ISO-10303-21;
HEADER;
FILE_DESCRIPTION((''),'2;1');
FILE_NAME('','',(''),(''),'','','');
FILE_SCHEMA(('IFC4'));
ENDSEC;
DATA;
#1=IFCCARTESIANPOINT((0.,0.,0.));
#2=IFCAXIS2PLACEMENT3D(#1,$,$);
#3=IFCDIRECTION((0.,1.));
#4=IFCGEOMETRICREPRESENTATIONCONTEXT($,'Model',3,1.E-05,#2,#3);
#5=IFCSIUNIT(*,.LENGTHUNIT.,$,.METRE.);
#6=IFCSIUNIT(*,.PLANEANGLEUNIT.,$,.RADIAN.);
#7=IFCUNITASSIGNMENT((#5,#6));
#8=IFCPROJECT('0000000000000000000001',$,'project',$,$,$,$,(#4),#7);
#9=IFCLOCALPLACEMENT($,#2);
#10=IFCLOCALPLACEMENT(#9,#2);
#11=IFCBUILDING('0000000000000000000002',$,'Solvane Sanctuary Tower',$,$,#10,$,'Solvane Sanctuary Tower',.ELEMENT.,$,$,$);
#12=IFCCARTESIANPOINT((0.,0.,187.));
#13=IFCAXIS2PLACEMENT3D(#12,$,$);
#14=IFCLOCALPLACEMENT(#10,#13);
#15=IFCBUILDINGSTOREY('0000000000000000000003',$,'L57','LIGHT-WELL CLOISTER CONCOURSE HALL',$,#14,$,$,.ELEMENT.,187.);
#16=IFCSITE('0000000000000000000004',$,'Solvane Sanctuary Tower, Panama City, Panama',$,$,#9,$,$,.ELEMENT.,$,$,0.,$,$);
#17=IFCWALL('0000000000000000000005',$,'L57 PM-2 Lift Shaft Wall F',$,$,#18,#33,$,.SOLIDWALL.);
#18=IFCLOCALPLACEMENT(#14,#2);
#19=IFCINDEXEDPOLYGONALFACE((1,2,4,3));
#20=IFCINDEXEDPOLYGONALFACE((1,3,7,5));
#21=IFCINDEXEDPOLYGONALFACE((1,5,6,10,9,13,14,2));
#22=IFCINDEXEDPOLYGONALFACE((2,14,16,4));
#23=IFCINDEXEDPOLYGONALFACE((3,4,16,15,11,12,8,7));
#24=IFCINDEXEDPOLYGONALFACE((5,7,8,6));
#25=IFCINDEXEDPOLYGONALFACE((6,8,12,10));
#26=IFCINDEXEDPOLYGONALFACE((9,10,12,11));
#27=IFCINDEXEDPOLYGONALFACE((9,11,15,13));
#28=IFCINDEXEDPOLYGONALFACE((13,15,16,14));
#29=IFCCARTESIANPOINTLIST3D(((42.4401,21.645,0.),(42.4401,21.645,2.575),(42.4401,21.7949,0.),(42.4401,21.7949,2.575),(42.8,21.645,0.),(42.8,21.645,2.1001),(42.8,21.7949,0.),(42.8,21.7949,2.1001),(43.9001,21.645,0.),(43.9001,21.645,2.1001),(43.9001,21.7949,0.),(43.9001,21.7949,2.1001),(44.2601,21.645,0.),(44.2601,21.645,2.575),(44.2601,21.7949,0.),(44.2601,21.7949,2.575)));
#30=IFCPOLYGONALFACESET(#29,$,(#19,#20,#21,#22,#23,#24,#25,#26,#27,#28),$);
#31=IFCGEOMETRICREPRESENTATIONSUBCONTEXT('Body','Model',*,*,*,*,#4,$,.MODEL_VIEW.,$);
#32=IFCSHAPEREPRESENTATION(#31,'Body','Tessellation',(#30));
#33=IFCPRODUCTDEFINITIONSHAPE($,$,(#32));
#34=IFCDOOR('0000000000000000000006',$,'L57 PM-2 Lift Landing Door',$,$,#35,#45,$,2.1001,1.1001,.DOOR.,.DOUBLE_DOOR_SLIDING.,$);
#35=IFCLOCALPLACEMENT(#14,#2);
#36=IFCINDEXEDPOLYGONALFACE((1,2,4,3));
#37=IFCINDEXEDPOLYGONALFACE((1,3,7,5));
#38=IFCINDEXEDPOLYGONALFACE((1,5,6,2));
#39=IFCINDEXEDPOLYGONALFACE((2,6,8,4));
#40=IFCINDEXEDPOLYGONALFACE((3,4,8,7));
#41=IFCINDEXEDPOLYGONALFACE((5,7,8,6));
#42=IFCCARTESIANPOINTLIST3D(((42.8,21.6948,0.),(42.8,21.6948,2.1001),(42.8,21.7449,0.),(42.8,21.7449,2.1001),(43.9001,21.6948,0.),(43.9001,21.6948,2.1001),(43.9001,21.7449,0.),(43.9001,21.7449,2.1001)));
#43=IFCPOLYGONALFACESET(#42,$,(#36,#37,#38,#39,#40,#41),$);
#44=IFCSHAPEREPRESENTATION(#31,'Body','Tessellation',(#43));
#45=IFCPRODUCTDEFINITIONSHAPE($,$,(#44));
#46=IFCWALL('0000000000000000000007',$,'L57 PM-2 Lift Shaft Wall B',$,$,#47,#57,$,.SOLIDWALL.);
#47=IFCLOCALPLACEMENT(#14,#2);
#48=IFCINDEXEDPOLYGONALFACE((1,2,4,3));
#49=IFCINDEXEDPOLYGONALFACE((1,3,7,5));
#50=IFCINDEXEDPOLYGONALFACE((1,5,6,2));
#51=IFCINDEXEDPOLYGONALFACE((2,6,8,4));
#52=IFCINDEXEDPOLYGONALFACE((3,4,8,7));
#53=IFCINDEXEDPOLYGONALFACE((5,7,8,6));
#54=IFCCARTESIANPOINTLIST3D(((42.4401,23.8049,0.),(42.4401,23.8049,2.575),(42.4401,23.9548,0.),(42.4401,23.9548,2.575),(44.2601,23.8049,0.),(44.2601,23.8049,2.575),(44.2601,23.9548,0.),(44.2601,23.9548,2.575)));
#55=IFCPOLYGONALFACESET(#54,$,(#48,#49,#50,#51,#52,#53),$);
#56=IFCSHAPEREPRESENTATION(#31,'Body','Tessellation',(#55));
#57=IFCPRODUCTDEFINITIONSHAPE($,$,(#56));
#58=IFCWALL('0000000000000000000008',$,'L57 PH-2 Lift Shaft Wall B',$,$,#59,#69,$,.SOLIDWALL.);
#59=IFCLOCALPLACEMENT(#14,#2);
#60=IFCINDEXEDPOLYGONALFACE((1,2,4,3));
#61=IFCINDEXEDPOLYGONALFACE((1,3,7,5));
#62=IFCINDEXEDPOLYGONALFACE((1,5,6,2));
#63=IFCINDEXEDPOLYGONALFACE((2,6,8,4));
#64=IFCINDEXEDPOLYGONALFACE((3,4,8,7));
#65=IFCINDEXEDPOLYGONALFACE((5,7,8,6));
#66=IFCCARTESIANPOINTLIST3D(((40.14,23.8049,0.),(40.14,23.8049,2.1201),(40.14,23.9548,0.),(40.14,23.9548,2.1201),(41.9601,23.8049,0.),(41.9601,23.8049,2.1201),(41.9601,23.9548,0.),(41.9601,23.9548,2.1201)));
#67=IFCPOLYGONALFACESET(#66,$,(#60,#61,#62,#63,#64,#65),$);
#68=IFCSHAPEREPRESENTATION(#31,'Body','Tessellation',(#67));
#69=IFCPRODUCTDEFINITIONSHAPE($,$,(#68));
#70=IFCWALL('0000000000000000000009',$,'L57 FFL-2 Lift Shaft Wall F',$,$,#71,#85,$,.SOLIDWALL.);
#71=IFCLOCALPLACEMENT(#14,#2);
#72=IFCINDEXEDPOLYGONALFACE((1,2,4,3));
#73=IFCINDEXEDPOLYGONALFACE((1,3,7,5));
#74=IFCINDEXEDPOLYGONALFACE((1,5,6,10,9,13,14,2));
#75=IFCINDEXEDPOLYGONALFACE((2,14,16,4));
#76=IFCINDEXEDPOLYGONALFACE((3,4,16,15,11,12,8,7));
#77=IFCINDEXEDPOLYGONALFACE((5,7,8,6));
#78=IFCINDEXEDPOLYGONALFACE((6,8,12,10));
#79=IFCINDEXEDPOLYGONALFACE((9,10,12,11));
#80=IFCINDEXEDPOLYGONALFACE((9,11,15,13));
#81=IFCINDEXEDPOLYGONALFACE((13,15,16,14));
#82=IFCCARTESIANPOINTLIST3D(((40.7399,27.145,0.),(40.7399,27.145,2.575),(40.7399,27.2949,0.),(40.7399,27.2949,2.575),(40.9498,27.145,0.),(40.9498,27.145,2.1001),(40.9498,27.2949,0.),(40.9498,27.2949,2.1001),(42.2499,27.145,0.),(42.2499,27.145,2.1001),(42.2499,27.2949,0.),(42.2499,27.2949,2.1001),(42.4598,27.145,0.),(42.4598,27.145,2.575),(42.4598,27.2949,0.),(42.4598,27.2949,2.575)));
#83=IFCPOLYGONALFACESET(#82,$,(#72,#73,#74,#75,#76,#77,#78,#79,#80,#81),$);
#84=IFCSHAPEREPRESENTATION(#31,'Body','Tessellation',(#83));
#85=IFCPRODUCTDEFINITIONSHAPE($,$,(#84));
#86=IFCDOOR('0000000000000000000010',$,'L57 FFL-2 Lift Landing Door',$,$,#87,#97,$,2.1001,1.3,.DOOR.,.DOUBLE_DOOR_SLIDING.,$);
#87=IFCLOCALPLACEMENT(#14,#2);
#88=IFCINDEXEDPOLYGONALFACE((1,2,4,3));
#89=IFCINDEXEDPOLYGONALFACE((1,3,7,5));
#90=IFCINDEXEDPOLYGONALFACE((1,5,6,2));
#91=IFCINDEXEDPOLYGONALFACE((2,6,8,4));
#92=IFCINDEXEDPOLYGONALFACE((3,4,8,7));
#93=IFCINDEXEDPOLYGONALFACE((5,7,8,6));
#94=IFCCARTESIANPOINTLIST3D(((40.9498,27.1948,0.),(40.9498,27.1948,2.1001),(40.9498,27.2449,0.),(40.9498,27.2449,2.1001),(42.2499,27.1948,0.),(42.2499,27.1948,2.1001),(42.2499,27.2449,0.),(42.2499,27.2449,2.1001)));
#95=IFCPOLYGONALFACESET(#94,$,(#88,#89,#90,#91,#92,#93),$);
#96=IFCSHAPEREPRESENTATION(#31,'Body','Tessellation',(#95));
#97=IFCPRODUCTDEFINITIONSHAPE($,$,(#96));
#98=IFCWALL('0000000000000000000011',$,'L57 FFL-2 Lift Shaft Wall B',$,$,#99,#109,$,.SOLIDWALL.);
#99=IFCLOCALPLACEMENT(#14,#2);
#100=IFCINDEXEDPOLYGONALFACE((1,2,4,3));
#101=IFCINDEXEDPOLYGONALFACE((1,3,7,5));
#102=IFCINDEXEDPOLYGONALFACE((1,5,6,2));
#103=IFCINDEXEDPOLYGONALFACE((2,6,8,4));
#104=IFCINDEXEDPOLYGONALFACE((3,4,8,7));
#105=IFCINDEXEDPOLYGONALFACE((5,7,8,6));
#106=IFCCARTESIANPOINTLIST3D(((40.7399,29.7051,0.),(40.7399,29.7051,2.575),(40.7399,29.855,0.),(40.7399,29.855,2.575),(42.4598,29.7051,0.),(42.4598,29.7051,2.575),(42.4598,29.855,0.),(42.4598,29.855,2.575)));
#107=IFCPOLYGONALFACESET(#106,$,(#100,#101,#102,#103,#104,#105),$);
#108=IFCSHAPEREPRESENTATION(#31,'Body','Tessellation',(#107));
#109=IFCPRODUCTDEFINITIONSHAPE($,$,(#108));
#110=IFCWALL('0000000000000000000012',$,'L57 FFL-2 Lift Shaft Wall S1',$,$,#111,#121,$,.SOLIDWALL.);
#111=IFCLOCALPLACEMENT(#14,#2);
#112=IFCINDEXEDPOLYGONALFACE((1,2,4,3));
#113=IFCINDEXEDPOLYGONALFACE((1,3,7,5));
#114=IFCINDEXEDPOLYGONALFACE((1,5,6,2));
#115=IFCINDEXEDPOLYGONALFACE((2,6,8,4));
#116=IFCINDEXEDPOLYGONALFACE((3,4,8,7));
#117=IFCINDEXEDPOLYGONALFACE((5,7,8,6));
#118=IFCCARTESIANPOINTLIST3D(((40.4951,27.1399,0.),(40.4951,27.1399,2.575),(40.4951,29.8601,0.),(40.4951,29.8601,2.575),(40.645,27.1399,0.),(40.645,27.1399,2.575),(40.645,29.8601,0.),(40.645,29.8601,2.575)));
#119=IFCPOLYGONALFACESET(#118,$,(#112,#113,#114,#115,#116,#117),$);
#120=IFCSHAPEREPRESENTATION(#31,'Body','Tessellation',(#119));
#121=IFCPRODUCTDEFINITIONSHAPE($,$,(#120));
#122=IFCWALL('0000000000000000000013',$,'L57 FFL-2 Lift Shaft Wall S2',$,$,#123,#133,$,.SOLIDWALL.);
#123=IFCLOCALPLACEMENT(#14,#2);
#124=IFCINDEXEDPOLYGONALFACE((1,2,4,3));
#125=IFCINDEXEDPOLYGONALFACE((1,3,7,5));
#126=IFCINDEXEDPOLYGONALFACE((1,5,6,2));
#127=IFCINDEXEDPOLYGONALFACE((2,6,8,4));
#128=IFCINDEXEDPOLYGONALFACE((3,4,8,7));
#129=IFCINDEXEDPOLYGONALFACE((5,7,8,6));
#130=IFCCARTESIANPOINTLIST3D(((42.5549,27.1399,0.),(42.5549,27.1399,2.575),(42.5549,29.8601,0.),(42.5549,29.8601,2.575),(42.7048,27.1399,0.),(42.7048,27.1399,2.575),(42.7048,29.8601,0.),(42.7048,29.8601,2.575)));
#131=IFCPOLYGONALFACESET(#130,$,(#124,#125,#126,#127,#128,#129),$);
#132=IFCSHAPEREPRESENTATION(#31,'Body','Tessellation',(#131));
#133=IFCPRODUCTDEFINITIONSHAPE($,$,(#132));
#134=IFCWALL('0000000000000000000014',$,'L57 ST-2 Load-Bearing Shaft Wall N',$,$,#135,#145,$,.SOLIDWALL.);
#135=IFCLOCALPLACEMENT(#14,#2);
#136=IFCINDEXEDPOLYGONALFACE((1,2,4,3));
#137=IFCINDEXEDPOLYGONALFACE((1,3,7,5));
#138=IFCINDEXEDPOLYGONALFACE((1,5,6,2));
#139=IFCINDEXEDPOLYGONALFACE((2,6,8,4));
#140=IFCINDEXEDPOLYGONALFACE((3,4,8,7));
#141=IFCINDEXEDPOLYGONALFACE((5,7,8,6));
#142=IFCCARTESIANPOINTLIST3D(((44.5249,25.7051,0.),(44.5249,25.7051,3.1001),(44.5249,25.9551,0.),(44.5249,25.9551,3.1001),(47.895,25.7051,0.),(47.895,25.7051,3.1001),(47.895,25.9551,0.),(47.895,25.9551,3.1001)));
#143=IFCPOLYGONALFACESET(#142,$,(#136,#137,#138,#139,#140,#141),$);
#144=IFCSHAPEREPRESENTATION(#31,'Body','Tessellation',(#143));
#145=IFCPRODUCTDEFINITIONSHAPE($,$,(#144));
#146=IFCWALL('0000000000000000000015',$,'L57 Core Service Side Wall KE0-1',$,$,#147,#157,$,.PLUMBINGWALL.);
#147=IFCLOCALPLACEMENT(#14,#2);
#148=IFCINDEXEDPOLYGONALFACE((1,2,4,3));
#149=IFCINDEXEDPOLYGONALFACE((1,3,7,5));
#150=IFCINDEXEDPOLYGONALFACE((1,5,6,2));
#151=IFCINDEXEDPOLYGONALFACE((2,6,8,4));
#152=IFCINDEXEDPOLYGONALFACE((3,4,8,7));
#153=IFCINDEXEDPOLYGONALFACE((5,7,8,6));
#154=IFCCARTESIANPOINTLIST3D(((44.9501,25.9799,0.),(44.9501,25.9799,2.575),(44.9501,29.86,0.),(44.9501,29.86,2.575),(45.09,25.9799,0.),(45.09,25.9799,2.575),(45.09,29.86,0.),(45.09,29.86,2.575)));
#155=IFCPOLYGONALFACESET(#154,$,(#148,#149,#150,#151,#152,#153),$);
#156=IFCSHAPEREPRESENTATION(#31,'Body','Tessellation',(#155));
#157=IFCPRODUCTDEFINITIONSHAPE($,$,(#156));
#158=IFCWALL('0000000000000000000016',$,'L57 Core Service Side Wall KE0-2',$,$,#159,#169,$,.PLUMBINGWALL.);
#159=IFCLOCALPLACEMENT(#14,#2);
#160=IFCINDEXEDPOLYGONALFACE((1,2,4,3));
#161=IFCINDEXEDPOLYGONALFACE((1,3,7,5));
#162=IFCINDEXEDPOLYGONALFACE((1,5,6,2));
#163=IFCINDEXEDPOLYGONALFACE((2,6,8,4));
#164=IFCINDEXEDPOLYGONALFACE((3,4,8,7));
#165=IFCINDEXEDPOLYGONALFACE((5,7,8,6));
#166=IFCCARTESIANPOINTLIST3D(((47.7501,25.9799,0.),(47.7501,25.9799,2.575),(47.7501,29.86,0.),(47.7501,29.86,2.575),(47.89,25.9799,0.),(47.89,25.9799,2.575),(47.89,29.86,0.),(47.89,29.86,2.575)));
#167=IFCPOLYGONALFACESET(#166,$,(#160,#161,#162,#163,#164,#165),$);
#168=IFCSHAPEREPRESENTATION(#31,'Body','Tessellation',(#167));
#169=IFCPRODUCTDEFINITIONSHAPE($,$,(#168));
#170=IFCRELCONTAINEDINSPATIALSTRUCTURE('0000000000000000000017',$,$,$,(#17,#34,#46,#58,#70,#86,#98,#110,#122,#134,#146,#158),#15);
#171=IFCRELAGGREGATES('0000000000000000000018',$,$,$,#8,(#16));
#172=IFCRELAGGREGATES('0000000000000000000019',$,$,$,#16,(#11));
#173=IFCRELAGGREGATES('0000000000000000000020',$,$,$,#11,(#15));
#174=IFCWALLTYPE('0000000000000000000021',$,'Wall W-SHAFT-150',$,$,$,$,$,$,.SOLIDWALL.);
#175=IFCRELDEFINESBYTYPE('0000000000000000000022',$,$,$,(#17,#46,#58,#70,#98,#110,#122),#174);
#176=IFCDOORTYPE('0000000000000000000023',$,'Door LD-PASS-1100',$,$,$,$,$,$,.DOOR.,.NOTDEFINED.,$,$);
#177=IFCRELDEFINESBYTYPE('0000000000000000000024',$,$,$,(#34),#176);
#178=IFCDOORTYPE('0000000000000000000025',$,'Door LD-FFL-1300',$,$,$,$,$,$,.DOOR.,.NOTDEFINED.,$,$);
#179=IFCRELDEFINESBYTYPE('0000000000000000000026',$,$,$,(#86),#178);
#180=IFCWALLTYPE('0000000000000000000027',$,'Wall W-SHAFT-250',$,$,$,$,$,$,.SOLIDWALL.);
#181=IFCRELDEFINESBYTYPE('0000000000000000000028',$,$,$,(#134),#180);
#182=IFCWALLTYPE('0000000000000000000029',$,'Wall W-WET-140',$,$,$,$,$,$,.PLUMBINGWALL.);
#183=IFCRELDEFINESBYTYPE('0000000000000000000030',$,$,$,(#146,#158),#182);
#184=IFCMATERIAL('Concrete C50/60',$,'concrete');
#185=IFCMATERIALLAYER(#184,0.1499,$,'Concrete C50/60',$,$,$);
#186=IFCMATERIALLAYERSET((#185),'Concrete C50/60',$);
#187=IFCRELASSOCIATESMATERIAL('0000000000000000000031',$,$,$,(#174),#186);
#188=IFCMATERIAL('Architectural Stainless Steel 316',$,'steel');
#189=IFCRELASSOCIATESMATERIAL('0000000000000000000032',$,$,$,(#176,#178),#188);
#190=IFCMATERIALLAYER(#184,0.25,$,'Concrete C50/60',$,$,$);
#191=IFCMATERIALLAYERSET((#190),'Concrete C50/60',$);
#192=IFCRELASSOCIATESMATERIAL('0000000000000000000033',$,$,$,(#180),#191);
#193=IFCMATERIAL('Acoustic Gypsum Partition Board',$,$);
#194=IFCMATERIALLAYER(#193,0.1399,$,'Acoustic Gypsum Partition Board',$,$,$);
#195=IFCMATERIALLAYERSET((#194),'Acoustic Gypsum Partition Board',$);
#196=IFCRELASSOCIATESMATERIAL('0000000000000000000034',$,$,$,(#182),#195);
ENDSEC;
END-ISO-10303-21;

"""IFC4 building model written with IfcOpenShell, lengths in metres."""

from ifc_helpers import new_model, si_unit, direction, frame, frame_2d, origin, place, context, subcontext, project, spatial, rectangle, extrude, material, layer, layer_set, type_object, element, fill, save


model = new_model("IFC4")

# Units and contexts
model_context = context("Model", 3, precision=1e-05, world=origin(), true_north=direction((0.0, 1.0)))
body_context = subcontext(model_context, "Body", "Model", "MODEL_VIEW")
ifc_project = project(units=[si_unit("LENGTHUNIT", "METRE"), si_unit("PLANEANGLEUNIT", "RADIAN")], contexts=[model_context])

# Site, building, storey
site_placement = place(None, origin())
site = spatial("IfcSite", under=ifc_project, at=site_placement, Name="Solvane Sanctuary Tower, Panama City, Panama", CompositionType="ELEMENT", RefElevation=0.0)
building_placement = place(site_placement, origin())
building = spatial("IfcBuilding", under=site, at=building_placement, Name="Solvane Sanctuary Tower", LongName="Solvane Sanctuary Tower", CompositionType="ELEMENT")
storey_placement = place(building_placement, frame((0.0, 0.0, 187.0)))
storey = spatial("IfcBuildingStorey", under=building, at=storey_placement, Name="L57", Description="LIGHT-WELL CLOISTER CONCOURSE HALL", CompositionType="ELEMENT", Elevation=187.0)

# Shared definitions
ifc_material_1 = material(Name="Acoustic Gypsum Partition Board")

# Shared definitions
ifc_material_2 = material(Name="Architectural Stainless Steel 316", Category="steel")

# Wall, opening, door
ifc_material_3 = material(Name="Concrete C50/60", Category="concrete")
ifc_layer_1 = layer(ifc_material_3, 0.1499, Name="Concrete C50/60")
ifc_layer_set_1 = layer_set([ifc_layer_1], Name="Concrete C50/60")
wall_type_1 = type_object("IfcWallType", Name="Wall W-SHAFT-150", PredefinedType="SOLIDWALL", material=ifc_layer_set_1)
wall_1_placement = place(storey_placement, frame((42.4399, 21.72, 0.0), z_axis=(0.0, 0.0, 1.0), x_axis=(1.0, 0.0, 0.0)))
wall_1 = element("IfcWall", 1, at=wall_1_placement, inside=storey, type_object=wall_type_1, Name="L57 PM-2 Lift Shaft Wall F", PredefinedType="SOLIDWALL", context=body_context, shape_type="SweptSolid", body=[
    extrude(rectangle(XDim=1.8201, YDim=0.1499, at=frame_2d((0.9102, 0.0))), origin(), (0.0, 0.0, 1.0), 2.575),
])
opening_1_placement = place(wall_1_placement, frame((0.3601, 0.0, 0.0)))
opening_1 = element("IfcOpeningElement", 2, at=opening_1_placement, cuts=wall_1, PredefinedType="OPENING", context=body_context, shape_type="SweptSolid", body=[
    extrude(rectangle(XDim=1.1001, YDim=2.1001, at=frame_2d((0.55, 1.05))), frame((0.0, 0.085, 0.0), z_axis=(0.0, -1.0, 0.0), x_axis=(1.0, 0.0, 0.0)), (0.0, 0.0, 1.0), 0.1699),
])
door_type_1 = type_object("IfcDoorType", Name="Door LD-PASS-1100", OperationType="NOTDEFINED", PredefinedType="DOOR", material=ifc_material_2)
door_1_placement = place(opening_1_placement, origin())
door_1 = element("IfcDoor", 3, at=door_1_placement, inside=storey, type_object=door_type_1, Name="L57 PM-2 Lift Landing Door", OperationType="DOUBLE_DOOR_SLIDING", OverallHeight=2.1001, OverallWidth=1.1001, PredefinedType="DOOR", context=body_context, shape_type="SweptSolid", body=[
    extrude(rectangle(XDim=1.1001, YDim=2.1001, at=frame_2d((0.55, 1.05))), frame((0.0, 0.0249, 0.0), z_axis=(0.0, -1.0, 0.0), x_axis=(1.0, 0.0, 0.0)), (0.0, 0.0, 1.0), 0.05),
])
fill(opening_1, door_1)

# Walls
wall_2_placement = place(storey_placement, frame((42.4399, 23.8799, 0.0), z_axis=(0.0, 0.0, 1.0), x_axis=(1.0, 0.0, 0.0)))
element("IfcWall", 4, at=wall_2_placement, inside=storey, type_object=wall_type_1, Name="L57 PM-2 Lift Shaft Wall B", PredefinedType="SOLIDWALL", context=body_context, shape_type="SweptSolid", body=[
    extrude(rectangle(XDim=1.8201, YDim=0.1499, at=frame_2d((0.9102, 0.0))), origin(), (0.0, 0.0, 1.0), 2.575),
])
wall_3_placement = place(storey_placement, frame((40.1399, 23.8799, 0.0), z_axis=(0.0, 0.0, 1.0), x_axis=(1.0, 0.0, 0.0)))
element("IfcWall", 5, at=wall_3_placement, inside=storey, type_object=wall_type_1, Name="L57 PH-2 Lift Shaft Wall B", PredefinedType="SOLIDWALL", context=body_context, shape_type="SweptSolid", body=[
    extrude(rectangle(XDim=1.8201, YDim=0.1499, at=frame_2d((0.9102, 0.0))), origin(), (0.0, 0.0, 1.0), 2.1201),
])

# Wall, opening, door
wall_4_placement = place(storey_placement, frame((40.74, 27.22, 0.0), z_axis=(0.0, 0.0, 1.0), x_axis=(1.0, 0.0, 0.0)))
wall_4 = element("IfcWall", 6, at=wall_4_placement, inside=storey, type_object=wall_type_1, Name="L57 FFL-2 Lift Shaft Wall F", PredefinedType="SOLIDWALL", context=body_context, shape_type="SweptSolid", body=[
    extrude(rectangle(XDim=1.72, YDim=0.1499, at=frame_2d((0.8599, 0.0))), origin(), (0.0, 0.0, 1.0), 2.575),
])
opening_2_placement = place(wall_4_placement, frame((0.21, 0.0, 0.0)))
opening_2 = element("IfcOpeningElement", 7, at=opening_2_placement, cuts=wall_4, PredefinedType="OPENING", context=body_context, shape_type="SweptSolid", body=[
    extrude(rectangle(XDim=1.3, YDim=2.1001, at=frame_2d((0.6499, 1.05))), frame((0.0, 0.085, 0.0), z_axis=(0.0, -1.0, 0.0), x_axis=(1.0, 0.0, 0.0)), (0.0, 0.0, 1.0), 0.1699),
])
door_type_2 = type_object("IfcDoorType", Name="Door LD-FFL-1300", OperationType="NOTDEFINED", PredefinedType="DOOR", material=ifc_material_2)
door_2_placement = place(opening_2_placement, origin())
door_2 = element("IfcDoor", 8, at=door_2_placement, inside=storey, type_object=door_type_2, Name="L57 FFL-2 Lift Landing Door", OperationType="DOUBLE_DOOR_SLIDING", OverallHeight=2.1001, OverallWidth=1.3, PredefinedType="DOOR", context=body_context, shape_type="SweptSolid", body=[
    extrude(rectangle(XDim=1.3, YDim=2.1001, at=frame_2d((0.6499, 1.05))), frame((0.0, 0.0249, 0.0), z_axis=(0.0, -1.0, 0.0), x_axis=(1.0, 0.0, 0.0)), (0.0, 0.0, 1.0), 0.05),
])
fill(opening_2, door_2)

# Walls
wall_5_placement = place(storey_placement, frame((40.74, 29.78, 0.0), z_axis=(0.0, 0.0, 1.0), x_axis=(1.0, 0.0, 0.0)))
element("IfcWall", 9, at=wall_5_placement, inside=storey, type_object=wall_type_1, Name="L57 FFL-2 Lift Shaft Wall B", PredefinedType="SOLIDWALL", context=body_context, shape_type="SweptSolid", body=[
    extrude(rectangle(XDim=1.72, YDim=0.1499, at=frame_2d((0.8599, 0.0))), origin(), (0.0, 0.0, 1.0), 2.575),
])
for number, where, z_axis, x_axis, name in (
    (10, (40.5701, 27.1399, 0.0), (0.0, 0.0, 1.0), (0.0, 1.0, 0.0), "L57 FFL-2 Lift Shaft Wall S1"),
    (11, (42.6299, 27.1399, 0.0), (0.0, 0.0, 1.0), (0.0, 1.0, 0.0), "L57 FFL-2 Lift Shaft Wall S2"),
):
    element("IfcWall", number, at=place(storey_placement, frame(where, z_axis=z_axis, x_axis=x_axis)), inside=storey, type_object=wall_type_1, Name=name, PredefinedType="SOLIDWALL", context=body_context, shape_type="SweptSolid", body=[
        extrude(rectangle(XDim=2.7202, YDim=0.1499, at=frame_2d((1.3601, 0.0))), origin(), (0.0, 0.0, 1.0), 2.575),
    ])
ifc_layer_2 = layer(ifc_material_3, 0.25, Name="Concrete C50/60")
ifc_layer_set_2 = layer_set([ifc_layer_2], Name="Concrete C50/60")
wall_type_2 = type_object("IfcWallType", Name="Wall W-SHAFT-250", PredefinedType="SOLIDWALL", material=ifc_layer_set_2)
wall_6_placement = place(storey_placement, frame((44.5249, 25.8301, 0.0), z_axis=(0.0, 0.0, 1.0), x_axis=(1.0, 0.0, 0.0)))
element("IfcWall", 12, at=wall_6_placement, inside=storey, type_object=wall_type_2, Name="L57 ST-2 Load-Bearing Shaft Wall N", PredefinedType="SOLIDWALL", context=body_context, shape_type="SweptSolid", body=[
    extrude(rectangle(XDim=3.3701, YDim=0.25, at=frame_2d((1.6851, 0.0))), origin(), (0.0, 0.0, 1.0), 3.1001),
])
ifc_layer_3 = layer(ifc_material_1, 0.1399, Name="Acoustic Gypsum Partition Board")
ifc_layer_set_3 = layer_set([ifc_layer_3], Name="Acoustic Gypsum Partition Board")
wall_type_3 = type_object("IfcWallType", Name="Wall W-WET-140", PredefinedType="PLUMBINGWALL", material=ifc_layer_set_3)
for number, where, z_axis, x_axis, name in (
    (13, (45.02, 25.98, 0.0), (0.0, 0.0, 1.0), (0.0, 1.0, 0.0), "L57 Core Service Side Wall KE0-1"),
    (14, (47.8201, 25.98, 0.0), (0.0, 0.0, 1.0), (0.0, 1.0, 0.0), "L57 Core Service Side Wall KE0-2"),
):
    element("IfcWall", number, at=place(storey_placement, frame(where, z_axis=z_axis, x_axis=x_axis)), inside=storey, type_object=wall_type_3, Name=name, PredefinedType="PLUMBINGWALL", context=body_context, shape_type="SweptSolid", body=[
        extrude(rectangle(XDim=3.8801, YDim=0.1399, at=frame_2d((1.9399, 0.0))), origin(), (0.0, 0.0, 1.0), 2.575),
    ])

save(model, "model.ifc")
